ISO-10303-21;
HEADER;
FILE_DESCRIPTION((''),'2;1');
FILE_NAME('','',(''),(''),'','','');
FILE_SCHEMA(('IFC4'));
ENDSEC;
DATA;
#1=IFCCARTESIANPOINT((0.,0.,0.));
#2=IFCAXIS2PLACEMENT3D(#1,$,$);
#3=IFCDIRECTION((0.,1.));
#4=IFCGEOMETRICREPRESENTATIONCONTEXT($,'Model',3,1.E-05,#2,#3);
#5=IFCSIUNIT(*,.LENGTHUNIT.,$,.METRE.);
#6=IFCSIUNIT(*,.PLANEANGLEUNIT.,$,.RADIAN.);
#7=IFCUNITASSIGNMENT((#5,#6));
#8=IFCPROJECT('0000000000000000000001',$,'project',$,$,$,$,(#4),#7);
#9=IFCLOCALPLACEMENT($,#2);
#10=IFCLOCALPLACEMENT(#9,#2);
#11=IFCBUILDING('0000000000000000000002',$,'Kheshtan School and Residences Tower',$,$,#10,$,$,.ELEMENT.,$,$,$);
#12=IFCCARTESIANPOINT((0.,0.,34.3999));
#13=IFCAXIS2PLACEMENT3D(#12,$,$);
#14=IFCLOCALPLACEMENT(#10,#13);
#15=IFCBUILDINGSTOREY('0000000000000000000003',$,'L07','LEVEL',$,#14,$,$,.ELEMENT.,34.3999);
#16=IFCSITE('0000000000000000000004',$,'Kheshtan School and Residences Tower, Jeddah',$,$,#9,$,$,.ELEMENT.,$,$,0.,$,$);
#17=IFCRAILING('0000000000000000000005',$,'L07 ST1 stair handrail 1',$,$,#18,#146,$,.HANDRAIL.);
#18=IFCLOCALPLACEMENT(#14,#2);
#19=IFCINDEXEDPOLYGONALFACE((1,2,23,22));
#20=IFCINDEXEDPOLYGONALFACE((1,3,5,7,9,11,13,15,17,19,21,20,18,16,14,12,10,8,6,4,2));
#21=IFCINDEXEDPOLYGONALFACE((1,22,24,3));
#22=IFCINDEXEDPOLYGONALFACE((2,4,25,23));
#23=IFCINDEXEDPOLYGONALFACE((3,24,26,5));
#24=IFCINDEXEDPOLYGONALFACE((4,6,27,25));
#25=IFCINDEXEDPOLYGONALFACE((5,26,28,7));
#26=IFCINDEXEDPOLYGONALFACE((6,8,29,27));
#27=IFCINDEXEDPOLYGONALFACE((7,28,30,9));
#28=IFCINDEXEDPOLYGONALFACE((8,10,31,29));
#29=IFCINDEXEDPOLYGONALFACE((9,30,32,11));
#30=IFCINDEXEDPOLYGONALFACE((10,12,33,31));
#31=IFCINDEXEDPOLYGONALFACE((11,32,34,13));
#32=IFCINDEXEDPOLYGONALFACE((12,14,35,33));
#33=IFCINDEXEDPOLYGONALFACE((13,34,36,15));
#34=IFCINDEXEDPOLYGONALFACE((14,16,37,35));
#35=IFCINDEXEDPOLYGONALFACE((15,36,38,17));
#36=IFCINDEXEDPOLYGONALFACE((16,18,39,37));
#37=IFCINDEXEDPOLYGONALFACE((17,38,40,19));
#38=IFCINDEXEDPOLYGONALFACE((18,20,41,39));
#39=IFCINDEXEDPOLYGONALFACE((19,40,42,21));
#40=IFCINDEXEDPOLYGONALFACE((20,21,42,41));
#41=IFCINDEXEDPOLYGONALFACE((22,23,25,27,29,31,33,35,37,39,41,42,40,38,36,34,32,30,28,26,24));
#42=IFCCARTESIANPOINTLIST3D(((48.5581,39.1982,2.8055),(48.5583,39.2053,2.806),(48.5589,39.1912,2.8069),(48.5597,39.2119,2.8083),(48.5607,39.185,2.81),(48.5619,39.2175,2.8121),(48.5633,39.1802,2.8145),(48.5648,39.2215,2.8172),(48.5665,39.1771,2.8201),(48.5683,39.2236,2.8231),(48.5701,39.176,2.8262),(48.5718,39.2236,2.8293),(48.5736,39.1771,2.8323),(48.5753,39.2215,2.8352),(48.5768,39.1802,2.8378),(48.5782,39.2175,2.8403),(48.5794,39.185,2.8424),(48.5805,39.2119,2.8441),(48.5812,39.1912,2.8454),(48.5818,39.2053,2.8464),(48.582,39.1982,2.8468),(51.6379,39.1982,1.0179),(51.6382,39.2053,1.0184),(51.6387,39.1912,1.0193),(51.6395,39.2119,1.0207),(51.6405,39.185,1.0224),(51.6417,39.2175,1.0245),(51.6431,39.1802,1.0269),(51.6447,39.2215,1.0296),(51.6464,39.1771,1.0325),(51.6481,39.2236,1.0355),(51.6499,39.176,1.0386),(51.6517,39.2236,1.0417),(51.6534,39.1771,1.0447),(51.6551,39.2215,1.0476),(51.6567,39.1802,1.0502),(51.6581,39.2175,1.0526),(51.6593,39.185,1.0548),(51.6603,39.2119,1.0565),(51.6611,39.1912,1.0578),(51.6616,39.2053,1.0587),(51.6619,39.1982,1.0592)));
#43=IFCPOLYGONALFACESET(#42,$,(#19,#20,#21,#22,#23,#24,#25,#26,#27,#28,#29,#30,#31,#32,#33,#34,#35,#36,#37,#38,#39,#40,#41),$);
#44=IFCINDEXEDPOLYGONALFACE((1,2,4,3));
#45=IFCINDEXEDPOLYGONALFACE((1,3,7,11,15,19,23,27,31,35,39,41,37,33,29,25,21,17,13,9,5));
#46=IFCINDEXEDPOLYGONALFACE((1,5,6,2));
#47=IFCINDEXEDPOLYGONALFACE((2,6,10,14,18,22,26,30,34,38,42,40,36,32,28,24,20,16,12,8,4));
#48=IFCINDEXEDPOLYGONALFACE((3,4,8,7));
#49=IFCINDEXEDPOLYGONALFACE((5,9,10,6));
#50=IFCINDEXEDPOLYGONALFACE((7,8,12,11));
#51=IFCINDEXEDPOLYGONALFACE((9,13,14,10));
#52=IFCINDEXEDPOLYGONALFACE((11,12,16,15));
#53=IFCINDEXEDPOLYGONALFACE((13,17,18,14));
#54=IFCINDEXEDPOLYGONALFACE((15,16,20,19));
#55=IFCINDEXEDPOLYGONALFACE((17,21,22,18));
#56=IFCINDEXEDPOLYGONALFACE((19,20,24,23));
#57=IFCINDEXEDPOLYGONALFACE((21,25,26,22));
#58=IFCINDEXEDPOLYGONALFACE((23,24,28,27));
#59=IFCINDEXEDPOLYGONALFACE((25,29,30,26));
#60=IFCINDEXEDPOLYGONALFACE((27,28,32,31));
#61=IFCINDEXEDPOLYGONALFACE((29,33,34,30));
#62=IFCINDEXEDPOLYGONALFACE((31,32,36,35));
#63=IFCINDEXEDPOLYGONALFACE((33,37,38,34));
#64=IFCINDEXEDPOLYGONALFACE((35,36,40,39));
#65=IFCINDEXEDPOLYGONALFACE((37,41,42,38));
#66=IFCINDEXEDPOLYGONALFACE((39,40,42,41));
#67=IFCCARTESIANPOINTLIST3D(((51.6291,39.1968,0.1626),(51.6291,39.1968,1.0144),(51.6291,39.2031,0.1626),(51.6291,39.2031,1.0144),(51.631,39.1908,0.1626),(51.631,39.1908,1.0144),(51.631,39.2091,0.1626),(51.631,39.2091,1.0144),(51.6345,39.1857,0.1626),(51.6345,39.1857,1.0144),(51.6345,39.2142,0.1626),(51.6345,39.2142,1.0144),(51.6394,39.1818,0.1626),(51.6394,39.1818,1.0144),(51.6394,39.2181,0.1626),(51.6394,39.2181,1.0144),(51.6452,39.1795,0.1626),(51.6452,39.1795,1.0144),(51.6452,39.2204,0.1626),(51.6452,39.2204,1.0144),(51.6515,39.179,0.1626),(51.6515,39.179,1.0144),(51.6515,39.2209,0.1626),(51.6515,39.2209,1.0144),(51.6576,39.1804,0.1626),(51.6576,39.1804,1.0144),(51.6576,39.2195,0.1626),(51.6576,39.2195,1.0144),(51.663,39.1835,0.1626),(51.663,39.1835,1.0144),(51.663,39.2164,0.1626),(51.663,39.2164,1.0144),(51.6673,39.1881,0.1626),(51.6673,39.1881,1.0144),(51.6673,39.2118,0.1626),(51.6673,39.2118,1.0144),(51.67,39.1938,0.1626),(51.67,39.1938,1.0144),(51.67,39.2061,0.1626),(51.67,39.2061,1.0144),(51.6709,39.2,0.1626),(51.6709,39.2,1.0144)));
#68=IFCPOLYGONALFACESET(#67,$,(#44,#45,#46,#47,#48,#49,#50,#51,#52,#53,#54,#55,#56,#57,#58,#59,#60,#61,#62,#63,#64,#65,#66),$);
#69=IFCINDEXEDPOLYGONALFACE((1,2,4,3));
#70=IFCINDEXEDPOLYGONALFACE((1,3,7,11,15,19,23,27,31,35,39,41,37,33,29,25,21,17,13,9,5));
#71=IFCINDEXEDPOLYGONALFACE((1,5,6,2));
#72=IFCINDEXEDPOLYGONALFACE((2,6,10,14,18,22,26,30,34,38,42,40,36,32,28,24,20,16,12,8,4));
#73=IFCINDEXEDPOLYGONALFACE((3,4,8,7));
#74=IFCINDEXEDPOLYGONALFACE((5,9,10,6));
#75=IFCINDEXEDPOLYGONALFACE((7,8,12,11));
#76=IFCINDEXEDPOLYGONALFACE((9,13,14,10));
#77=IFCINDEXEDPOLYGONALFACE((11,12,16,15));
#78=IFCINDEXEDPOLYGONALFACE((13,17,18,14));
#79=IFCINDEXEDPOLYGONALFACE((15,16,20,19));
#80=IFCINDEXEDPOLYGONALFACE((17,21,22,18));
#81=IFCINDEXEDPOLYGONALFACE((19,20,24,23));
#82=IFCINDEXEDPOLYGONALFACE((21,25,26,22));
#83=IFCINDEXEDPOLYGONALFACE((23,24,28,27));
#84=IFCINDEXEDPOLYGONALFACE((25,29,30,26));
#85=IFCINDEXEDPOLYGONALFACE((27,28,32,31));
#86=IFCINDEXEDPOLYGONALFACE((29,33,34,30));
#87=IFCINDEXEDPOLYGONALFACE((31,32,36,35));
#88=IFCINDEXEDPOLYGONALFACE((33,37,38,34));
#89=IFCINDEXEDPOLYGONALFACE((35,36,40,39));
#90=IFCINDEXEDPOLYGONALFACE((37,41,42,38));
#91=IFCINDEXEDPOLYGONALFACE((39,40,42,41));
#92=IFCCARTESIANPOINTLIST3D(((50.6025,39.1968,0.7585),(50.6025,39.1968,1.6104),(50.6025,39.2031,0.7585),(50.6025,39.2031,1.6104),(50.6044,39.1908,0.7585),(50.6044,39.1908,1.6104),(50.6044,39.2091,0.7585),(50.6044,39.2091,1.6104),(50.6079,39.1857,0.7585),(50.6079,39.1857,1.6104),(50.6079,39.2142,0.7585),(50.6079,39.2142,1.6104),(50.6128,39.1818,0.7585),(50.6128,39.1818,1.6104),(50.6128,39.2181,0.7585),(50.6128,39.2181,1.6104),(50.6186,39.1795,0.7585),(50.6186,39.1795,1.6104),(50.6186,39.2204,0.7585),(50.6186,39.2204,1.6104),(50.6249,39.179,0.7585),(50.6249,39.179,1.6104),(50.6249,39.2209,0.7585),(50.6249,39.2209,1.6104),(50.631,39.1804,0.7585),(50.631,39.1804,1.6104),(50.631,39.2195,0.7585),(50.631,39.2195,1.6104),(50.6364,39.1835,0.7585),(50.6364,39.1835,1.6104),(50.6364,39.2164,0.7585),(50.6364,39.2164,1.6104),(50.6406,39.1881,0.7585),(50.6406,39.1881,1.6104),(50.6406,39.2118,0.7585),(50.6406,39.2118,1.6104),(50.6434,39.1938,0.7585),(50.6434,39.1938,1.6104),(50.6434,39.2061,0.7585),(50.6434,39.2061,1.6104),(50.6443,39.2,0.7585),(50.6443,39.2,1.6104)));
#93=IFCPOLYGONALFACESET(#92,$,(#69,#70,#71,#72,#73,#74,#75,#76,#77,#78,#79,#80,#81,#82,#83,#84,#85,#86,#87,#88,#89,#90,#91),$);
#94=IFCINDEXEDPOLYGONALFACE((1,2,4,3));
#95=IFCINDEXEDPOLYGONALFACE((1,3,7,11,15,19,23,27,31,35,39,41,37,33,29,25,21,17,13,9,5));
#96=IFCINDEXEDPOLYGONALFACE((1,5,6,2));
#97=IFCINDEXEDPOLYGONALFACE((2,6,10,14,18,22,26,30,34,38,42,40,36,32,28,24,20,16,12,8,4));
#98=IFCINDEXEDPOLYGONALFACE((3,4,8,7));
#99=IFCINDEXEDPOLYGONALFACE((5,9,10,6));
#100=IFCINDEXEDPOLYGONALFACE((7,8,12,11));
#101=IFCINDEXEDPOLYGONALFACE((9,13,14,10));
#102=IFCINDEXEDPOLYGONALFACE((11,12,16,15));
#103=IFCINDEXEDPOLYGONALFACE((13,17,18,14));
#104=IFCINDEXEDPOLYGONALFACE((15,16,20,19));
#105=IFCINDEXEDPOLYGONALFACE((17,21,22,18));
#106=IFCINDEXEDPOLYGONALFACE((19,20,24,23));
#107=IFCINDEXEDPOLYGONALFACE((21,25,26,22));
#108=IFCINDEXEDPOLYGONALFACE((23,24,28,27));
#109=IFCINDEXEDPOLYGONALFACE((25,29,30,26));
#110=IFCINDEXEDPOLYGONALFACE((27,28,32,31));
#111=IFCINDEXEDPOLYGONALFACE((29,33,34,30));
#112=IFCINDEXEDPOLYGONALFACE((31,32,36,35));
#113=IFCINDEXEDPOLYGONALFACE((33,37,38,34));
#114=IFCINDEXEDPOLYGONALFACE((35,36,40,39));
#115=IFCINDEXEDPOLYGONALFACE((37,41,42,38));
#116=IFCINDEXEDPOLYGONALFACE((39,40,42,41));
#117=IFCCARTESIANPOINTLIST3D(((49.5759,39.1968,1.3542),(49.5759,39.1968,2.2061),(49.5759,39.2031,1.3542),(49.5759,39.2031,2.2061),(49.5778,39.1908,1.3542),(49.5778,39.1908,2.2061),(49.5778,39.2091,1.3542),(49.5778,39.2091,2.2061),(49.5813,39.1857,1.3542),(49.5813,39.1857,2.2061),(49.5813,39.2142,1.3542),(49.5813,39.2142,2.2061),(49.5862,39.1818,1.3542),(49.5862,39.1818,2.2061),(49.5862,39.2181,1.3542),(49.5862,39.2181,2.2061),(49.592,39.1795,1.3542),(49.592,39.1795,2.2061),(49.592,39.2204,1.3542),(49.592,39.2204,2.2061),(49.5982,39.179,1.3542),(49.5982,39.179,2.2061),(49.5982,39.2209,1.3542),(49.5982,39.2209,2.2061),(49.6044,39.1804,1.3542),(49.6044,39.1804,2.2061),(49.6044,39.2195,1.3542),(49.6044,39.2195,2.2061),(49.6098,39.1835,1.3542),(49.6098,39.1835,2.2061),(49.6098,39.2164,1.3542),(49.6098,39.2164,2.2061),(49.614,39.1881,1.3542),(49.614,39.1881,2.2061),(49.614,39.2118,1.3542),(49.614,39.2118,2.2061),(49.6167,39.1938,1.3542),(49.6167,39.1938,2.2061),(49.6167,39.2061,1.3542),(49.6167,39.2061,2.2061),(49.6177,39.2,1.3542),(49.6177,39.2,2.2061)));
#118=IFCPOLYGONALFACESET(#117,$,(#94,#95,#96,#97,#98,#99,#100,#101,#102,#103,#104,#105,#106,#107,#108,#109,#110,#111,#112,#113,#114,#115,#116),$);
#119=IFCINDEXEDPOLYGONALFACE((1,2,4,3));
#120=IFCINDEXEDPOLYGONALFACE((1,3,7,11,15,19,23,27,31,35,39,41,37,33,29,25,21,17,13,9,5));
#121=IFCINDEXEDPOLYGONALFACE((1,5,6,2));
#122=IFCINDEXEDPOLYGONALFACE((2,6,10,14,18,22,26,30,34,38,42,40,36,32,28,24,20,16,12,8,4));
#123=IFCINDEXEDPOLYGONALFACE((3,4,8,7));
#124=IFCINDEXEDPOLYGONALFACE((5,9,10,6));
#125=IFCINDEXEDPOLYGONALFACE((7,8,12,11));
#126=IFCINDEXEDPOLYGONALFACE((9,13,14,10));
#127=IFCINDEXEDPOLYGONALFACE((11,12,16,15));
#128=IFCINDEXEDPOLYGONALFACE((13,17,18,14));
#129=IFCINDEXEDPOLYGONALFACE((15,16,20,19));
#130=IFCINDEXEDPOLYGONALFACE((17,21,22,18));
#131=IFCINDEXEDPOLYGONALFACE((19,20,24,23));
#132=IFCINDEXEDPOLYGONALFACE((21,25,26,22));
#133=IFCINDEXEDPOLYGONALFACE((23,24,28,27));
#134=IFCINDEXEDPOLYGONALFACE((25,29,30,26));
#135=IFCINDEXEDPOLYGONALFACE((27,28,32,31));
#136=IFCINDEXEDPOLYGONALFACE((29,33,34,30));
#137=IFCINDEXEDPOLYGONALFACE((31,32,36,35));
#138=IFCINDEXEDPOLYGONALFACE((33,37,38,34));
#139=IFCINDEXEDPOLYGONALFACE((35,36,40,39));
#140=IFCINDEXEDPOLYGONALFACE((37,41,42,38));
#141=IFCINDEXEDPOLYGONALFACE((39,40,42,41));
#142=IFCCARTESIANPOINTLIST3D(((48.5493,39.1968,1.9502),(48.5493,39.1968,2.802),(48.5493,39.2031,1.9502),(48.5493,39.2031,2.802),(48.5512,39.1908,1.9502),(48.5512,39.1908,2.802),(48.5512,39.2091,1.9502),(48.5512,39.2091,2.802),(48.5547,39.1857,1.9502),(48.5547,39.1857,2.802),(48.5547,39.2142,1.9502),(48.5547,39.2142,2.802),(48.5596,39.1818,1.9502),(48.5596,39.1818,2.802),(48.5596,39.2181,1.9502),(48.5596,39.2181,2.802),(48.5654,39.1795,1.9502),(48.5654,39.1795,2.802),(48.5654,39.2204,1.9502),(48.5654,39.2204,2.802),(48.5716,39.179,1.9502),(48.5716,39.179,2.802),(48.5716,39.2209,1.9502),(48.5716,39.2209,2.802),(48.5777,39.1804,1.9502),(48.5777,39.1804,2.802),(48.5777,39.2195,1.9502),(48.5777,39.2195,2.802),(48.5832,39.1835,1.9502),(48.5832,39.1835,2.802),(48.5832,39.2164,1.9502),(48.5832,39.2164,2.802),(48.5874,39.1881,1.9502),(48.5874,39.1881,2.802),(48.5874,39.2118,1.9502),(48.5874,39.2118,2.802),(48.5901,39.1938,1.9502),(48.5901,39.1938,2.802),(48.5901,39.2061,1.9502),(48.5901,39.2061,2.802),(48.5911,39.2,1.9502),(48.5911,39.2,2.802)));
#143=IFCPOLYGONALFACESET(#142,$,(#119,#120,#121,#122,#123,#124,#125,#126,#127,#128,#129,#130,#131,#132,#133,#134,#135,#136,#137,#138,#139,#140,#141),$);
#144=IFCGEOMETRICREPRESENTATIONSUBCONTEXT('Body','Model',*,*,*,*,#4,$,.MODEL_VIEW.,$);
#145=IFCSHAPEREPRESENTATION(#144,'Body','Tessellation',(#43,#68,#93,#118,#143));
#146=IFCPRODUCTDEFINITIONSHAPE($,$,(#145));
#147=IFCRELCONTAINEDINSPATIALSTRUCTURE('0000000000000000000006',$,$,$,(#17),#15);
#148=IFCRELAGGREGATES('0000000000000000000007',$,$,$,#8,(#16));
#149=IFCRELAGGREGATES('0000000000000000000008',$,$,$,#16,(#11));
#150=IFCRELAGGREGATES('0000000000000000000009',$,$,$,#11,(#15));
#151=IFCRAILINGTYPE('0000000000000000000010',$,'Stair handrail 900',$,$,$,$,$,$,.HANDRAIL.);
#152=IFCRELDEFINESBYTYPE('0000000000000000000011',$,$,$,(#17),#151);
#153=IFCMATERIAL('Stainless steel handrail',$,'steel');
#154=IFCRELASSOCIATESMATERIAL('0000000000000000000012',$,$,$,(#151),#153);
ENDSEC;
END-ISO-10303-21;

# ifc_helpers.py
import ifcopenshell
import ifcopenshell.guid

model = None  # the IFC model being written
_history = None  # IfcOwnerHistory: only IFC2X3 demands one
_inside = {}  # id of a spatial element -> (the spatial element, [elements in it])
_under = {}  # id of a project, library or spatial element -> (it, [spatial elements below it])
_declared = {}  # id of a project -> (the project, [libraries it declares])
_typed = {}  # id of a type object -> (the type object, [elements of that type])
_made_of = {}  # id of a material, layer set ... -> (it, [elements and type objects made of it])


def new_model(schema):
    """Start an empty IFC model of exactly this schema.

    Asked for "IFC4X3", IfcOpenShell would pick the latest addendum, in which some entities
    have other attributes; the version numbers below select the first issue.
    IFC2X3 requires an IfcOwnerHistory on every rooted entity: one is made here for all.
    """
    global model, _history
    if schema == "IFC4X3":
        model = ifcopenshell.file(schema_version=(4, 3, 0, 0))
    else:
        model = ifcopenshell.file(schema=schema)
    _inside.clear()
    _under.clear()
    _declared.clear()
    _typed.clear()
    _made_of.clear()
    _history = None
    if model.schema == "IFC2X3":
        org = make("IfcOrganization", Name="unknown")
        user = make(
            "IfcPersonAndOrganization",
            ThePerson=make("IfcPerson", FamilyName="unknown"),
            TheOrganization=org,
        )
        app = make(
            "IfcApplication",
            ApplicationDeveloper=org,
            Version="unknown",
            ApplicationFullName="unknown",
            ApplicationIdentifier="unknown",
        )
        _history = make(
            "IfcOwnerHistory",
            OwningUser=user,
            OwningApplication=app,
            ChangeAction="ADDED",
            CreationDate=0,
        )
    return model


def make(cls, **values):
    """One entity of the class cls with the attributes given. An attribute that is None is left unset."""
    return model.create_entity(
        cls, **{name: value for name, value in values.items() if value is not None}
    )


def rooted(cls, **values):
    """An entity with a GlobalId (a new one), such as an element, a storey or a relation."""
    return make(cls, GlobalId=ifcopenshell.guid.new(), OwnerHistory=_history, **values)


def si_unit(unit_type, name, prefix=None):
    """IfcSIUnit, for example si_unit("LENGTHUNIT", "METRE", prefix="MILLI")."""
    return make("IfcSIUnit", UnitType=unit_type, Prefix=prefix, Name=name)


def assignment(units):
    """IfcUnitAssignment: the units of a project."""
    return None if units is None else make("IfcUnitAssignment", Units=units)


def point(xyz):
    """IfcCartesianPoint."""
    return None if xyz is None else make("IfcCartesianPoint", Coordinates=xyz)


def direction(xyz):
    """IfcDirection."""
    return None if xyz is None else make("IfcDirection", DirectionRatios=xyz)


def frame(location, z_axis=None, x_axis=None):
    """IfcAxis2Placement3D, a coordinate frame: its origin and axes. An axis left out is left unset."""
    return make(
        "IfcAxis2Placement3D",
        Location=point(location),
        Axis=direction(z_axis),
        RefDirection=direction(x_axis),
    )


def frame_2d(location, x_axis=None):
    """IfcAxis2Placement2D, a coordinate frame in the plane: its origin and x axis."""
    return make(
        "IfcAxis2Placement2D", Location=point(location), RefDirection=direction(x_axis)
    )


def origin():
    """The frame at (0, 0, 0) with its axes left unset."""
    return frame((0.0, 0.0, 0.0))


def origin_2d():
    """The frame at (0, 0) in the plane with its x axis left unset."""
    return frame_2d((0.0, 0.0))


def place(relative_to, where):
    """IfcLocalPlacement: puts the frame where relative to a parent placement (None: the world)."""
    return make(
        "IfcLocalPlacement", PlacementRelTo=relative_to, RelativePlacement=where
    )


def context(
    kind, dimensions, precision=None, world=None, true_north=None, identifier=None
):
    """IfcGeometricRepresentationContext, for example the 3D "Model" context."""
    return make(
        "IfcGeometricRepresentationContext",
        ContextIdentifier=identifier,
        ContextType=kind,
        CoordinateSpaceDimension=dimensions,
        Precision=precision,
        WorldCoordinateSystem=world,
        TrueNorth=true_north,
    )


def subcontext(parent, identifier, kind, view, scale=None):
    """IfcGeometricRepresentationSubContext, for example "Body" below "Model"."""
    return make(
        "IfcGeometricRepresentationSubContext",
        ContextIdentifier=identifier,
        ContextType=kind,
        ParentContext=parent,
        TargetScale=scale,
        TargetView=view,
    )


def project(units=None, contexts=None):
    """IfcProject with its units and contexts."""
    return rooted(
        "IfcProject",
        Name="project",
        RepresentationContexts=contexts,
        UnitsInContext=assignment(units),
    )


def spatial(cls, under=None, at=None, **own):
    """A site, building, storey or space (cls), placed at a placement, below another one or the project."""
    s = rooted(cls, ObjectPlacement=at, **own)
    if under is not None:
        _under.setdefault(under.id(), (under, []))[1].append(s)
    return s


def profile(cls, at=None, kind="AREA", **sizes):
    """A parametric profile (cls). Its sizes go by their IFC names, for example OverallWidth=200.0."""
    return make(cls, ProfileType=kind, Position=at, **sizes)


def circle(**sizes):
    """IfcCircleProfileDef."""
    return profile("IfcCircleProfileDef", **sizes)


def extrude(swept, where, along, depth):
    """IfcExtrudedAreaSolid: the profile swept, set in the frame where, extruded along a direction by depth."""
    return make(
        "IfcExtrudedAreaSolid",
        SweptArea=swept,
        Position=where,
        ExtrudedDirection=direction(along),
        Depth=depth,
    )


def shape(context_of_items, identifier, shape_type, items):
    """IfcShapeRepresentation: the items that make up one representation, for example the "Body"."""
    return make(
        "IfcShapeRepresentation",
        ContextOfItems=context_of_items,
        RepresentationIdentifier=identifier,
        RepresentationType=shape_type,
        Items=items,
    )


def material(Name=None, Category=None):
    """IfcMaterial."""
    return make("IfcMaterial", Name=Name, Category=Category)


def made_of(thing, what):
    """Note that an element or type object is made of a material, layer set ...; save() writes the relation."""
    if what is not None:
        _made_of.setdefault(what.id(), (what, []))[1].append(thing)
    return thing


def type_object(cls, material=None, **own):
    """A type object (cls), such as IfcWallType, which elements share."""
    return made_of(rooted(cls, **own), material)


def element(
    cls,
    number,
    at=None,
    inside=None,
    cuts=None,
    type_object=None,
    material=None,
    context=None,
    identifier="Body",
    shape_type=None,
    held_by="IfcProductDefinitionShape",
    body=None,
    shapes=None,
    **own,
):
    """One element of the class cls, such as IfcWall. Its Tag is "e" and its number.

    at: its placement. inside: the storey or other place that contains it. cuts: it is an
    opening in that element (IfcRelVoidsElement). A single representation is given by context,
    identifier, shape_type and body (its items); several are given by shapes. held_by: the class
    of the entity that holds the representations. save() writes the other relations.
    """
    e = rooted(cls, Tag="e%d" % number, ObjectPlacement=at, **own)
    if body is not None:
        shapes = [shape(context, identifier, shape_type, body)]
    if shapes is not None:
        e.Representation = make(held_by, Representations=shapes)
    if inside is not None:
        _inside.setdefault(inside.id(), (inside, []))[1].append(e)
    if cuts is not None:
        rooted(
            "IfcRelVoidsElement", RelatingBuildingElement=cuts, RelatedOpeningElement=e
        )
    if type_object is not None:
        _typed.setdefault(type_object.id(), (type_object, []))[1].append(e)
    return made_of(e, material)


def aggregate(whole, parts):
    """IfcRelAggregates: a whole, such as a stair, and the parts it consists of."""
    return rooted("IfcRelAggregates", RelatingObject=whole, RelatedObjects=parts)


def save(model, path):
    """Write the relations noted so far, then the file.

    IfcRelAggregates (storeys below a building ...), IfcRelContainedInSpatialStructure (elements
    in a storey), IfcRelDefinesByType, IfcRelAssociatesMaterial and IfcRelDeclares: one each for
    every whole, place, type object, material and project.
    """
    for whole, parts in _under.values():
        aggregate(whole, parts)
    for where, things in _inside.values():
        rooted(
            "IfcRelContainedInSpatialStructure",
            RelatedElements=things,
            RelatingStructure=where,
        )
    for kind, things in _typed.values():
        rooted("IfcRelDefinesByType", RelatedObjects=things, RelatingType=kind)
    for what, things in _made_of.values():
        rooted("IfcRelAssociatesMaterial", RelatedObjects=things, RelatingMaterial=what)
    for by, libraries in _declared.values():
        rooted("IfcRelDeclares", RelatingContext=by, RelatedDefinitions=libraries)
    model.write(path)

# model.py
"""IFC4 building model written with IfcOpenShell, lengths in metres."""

from ifc_helpers import new_model, si_unit, direction, frame, origin, origin_2d, place, context, subcontext, project, spatial, circle, extrude, material, type_object, element, save


model = new_model("IFC4")

# Units and contexts
model_context = context("Model", 3, precision=1e-05, world=origin(), true_north=direction((0.0, 1.0)))
body_context = subcontext(model_context, "Body", "Model", "MODEL_VIEW")
ifc_project = project(units=[si_unit("LENGTHUNIT", "METRE"), si_unit("PLANEANGLEUNIT", "RADIAN")], contexts=[model_context])

# Site, building, storey
site_placement = place(None, origin())
site = spatial("IfcSite", under=ifc_project, at=site_placement, Name="Kheshtan School and Residences Tower, Jeddah", CompositionType="ELEMENT", RefElevation=0.0)
building_placement = place(site_placement, origin())
building = spatial("IfcBuilding", under=site, at=building_placement, Name="Kheshtan School and Residences Tower", CompositionType="ELEMENT")
storey_placement = place(building_placement, frame((0.0, 0.0, 34.3999)))
storey = spatial("IfcBuildingStorey", under=building, at=storey_placement, Name="L07", Description="LEVEL", CompositionType="ELEMENT", Elevation=34.3999)

# Railing
ifc_material_1 = material(Name="Stainless steel handrail", Category="steel")
railing_type_1 = type_object("IfcRailingType", Name="Stair handrail 900", PredefinedType="HANDRAIL", material=ifc_material_1)
railing_1_placement = place(storey_placement, frame((51.6499, 39.2, 0.1626)))
element("IfcRailing", 1, at=railing_1_placement, inside=storey, type_object=railing_type_1, Name="L07 ST1 stair handrail 1", PredefinedType="HANDRAIL", context=body_context, shape_type="SweptSolid", body=[
    extrude(circle(Radius=0.0239, at=origin_2d()), frame((0.0, 0.0, 0.876), z_axis=(-0.864873, 0.0, 0.50199), x_axis=(0.0, -1.0, 0.0)), (0.0, 0.0, 1.0), 3.561),
    extrude(circle(Radius=0.021, at=origin_2d()), origin(), (0.0, 0.0, 1.0), 0.8518),
    extrude(circle(Radius=0.021, at=origin_2d()), frame((-1.0266, 0.0, 0.5959)), (0.0, 0.0, 1.0), 0.8518),
    extrude(circle(Radius=0.021, at=origin_2d()), frame((-2.0532, 0.0, 1.1917)), (0.0, 0.0, 1.0), 0.8518),
    extrude(circle(Radius=0.021, at=origin_2d()), frame((-3.0798, 0.0, 1.7876)), (0.0, 0.0, 1.0), 0.8518),
])

save(model, "model.ifc")
